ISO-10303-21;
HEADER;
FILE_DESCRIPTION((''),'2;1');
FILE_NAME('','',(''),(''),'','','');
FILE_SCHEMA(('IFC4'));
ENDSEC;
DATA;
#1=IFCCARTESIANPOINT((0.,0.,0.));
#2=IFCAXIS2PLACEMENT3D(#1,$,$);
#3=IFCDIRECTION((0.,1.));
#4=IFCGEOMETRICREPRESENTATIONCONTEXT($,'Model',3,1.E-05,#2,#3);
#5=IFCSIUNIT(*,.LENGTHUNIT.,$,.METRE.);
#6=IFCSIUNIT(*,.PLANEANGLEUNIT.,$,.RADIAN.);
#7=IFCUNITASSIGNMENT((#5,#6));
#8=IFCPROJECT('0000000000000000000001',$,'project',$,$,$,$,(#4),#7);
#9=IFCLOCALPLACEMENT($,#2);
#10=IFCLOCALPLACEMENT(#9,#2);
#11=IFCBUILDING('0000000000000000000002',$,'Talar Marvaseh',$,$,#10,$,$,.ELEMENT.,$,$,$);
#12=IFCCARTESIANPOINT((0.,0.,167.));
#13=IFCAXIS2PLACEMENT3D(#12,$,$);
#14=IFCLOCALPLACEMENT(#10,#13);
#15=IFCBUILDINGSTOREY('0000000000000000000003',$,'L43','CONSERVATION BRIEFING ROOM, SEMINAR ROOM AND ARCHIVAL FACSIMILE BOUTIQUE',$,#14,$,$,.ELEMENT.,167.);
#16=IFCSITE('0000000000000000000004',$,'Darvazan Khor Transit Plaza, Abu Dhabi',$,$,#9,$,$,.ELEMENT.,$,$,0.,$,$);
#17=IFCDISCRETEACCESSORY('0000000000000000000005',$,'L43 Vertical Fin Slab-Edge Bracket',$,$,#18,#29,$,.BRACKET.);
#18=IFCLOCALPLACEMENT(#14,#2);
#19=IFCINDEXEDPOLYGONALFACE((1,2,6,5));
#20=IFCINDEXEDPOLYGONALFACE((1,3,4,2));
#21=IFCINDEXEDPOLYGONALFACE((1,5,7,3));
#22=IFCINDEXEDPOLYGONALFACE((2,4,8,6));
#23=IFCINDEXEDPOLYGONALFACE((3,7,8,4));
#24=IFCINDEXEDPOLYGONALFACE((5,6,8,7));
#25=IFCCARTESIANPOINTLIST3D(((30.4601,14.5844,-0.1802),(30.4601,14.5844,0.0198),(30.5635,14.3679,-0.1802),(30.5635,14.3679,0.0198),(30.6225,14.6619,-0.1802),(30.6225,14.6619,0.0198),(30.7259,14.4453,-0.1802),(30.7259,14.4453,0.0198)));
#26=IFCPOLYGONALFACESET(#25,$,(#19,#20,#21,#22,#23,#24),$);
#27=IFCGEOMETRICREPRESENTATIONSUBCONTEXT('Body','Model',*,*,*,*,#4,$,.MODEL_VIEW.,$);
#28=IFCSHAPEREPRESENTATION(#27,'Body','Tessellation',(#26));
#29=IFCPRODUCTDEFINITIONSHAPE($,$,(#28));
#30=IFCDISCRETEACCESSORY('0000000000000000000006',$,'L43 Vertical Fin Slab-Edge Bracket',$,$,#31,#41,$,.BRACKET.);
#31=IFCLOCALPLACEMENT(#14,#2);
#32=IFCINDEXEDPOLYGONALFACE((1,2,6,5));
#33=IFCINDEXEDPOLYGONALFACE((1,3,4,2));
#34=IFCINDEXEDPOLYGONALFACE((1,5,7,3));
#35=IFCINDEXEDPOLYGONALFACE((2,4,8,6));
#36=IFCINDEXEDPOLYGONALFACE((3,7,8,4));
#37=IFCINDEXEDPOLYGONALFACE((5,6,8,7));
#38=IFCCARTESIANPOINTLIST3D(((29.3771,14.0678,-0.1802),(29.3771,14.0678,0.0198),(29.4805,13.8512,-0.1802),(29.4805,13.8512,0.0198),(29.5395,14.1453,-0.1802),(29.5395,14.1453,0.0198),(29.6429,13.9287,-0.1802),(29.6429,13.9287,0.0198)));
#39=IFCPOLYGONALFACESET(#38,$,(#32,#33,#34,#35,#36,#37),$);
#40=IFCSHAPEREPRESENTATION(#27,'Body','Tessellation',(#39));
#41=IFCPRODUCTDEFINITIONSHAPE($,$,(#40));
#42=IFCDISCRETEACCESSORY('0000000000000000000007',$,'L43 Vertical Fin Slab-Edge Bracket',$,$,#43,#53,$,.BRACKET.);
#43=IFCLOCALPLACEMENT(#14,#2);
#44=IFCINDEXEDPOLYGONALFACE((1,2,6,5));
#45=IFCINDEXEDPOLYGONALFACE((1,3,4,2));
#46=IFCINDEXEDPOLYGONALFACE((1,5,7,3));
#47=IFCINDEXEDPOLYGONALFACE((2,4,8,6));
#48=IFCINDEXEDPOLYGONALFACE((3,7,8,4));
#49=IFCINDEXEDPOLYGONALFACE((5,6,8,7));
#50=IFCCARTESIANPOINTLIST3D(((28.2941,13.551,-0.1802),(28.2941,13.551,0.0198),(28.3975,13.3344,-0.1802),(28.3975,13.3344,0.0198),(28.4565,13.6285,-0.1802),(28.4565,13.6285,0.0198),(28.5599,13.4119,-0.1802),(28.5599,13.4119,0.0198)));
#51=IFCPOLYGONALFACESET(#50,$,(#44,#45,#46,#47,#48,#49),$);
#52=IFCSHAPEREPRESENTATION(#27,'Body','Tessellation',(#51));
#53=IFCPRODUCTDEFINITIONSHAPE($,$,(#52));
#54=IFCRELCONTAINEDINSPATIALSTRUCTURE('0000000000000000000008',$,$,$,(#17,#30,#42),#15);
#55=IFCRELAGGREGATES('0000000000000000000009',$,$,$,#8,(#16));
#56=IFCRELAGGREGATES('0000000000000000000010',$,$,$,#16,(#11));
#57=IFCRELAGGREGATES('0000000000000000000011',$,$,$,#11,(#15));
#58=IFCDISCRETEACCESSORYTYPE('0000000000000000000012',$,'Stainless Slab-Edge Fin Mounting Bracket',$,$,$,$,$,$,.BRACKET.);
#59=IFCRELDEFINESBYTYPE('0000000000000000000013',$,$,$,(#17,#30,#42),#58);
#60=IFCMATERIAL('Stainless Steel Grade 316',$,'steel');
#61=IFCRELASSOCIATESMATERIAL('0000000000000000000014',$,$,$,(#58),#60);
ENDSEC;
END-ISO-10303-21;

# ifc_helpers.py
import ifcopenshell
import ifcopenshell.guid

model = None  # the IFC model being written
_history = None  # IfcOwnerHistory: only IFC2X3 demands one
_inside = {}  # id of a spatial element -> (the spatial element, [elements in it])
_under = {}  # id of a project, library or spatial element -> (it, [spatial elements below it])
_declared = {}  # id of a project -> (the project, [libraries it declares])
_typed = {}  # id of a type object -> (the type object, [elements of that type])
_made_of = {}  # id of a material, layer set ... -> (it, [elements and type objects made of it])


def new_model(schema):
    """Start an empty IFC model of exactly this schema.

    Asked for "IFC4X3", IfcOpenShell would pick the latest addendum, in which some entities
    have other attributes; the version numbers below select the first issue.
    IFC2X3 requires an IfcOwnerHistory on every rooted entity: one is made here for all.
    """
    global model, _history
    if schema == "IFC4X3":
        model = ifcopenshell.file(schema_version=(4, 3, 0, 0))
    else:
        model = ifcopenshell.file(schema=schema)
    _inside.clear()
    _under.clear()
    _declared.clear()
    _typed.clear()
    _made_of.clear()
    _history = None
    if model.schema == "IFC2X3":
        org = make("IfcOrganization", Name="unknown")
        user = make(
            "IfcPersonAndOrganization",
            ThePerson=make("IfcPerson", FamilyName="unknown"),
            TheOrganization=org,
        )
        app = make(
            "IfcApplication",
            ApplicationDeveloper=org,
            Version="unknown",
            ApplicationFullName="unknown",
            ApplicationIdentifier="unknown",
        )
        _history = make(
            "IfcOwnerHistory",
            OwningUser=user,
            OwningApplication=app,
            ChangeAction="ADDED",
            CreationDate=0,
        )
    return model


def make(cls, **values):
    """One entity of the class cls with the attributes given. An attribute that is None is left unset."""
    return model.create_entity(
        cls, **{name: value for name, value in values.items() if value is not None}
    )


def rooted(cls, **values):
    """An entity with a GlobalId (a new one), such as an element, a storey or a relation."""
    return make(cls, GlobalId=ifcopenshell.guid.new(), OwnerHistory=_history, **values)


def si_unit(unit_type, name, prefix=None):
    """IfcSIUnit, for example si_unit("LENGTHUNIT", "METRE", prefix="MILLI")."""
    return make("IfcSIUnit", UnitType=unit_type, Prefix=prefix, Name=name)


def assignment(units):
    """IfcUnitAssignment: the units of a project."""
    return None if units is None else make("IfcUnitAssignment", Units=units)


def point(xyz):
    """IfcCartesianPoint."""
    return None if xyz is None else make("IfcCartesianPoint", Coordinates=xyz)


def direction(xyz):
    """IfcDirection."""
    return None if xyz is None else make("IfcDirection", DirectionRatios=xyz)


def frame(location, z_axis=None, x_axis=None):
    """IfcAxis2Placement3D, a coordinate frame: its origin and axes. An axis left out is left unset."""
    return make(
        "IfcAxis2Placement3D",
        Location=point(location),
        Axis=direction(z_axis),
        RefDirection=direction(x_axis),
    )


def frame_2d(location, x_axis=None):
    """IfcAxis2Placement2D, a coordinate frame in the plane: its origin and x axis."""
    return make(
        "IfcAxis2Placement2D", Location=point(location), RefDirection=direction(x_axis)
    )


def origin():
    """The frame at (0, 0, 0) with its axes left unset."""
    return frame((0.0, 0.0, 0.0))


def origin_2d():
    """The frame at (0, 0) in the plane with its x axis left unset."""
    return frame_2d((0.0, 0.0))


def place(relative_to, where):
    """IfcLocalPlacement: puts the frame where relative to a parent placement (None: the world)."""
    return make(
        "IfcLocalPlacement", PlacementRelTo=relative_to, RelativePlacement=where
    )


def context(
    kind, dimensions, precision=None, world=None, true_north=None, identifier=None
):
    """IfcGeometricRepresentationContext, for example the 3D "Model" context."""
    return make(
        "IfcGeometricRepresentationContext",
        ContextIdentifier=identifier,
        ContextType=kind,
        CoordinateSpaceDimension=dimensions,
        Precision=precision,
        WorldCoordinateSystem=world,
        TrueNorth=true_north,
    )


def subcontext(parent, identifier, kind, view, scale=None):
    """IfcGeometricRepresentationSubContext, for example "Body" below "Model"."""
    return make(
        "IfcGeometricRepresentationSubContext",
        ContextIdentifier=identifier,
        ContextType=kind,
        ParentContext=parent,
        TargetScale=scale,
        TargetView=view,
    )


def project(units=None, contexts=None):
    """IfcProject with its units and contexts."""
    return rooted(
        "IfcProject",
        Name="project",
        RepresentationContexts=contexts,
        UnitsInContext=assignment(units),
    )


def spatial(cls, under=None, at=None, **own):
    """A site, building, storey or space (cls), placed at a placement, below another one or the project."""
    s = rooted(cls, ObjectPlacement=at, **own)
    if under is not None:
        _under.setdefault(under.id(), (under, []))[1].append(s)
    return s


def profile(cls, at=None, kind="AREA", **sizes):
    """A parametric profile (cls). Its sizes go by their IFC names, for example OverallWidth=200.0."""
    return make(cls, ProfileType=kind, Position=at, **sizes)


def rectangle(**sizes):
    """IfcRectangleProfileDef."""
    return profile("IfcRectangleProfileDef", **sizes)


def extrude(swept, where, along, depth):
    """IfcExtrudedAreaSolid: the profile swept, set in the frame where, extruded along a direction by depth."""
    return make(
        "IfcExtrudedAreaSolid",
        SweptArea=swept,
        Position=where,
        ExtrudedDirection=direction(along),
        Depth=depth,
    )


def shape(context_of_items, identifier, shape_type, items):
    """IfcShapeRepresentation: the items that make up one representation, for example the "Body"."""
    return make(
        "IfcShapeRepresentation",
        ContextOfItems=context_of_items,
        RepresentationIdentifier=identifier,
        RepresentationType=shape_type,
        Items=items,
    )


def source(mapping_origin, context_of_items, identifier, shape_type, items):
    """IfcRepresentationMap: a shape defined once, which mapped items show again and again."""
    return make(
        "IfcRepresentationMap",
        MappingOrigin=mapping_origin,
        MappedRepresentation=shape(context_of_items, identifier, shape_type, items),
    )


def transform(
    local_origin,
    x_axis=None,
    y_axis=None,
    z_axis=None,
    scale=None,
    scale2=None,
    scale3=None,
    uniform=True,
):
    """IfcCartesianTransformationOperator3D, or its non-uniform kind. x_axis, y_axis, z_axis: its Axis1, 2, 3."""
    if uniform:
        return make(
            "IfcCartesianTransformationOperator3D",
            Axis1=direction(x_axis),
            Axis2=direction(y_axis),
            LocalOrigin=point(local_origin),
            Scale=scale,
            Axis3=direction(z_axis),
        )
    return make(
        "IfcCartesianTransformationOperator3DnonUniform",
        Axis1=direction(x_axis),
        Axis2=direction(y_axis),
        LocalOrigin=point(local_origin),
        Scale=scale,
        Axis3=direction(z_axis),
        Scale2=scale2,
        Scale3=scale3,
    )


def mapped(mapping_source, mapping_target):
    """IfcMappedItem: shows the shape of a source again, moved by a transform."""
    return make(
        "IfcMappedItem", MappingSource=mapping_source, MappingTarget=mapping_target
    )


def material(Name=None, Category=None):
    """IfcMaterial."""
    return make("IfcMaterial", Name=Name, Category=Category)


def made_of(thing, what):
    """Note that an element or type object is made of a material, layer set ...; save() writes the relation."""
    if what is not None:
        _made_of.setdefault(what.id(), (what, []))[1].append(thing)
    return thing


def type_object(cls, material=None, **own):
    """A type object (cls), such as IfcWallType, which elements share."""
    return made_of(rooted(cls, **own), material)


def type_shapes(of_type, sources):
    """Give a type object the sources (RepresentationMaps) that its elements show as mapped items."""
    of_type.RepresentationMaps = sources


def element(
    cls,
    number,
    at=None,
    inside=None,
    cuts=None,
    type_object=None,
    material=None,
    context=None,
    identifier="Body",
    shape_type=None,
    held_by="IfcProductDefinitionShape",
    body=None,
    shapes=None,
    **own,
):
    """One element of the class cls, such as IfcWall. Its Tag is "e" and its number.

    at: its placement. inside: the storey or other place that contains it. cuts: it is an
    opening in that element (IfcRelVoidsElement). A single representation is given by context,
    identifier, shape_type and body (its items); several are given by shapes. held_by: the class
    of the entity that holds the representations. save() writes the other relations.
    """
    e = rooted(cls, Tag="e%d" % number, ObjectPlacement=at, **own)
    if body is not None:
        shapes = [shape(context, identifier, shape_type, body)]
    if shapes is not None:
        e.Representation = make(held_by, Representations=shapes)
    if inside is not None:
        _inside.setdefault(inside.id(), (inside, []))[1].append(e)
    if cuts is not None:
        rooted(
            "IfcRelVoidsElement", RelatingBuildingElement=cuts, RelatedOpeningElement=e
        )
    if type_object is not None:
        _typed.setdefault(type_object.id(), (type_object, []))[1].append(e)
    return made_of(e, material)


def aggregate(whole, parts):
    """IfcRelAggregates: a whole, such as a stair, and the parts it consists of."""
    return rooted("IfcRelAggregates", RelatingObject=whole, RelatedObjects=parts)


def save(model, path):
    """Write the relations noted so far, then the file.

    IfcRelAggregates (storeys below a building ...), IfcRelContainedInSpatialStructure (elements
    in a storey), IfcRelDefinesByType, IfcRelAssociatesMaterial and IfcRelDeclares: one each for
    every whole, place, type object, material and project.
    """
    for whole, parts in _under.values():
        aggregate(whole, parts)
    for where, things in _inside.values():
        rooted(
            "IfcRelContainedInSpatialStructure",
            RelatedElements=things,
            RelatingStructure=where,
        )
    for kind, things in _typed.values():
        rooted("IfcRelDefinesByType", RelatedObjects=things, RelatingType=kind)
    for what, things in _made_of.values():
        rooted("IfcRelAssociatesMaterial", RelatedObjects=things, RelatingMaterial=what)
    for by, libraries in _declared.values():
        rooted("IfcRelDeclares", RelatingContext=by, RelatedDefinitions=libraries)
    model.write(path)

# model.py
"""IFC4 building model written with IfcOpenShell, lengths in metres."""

from ifc_helpers import new_model, si_unit, direction, frame, origin, origin_2d, place, context, subcontext, project, spatial, rectangle, extrude, source, transform, mapped, material, type_object, type_shapes, element, save


model = new_model("IFC4")

# Units and contexts
model_context = context("Model", 3, precision=1e-05, world=origin(), true_north=direction((0.0, 1.0)))
body_context = subcontext(model_context, "Body", "Model", "MODEL_VIEW")
ifc_project = project(units=[si_unit("LENGTHUNIT", "METRE"), si_unit("PLANEANGLEUNIT", "RADIAN")], contexts=[model_context])

# Site, building, storey
site_placement = place(None, origin())
site = spatial("IfcSite", under=ifc_project, at=site_placement, Name="Darvazan Khor Transit Plaza, Abu Dhabi", CompositionType="ELEMENT", RefElevation=0.0)
building_placement = place(site_placement, origin())
building = spatial("IfcBuilding", under=site, at=building_placement, Name="Talar Marvaseh", CompositionType="ELEMENT")
storey_placement = place(building_placement, frame((0.0, 0.0, 167.0)))
storey = spatial("IfcBuildingStorey", under=building, at=storey_placement, Name="L43", Description="CONSERVATION BRIEFING ROOM, SEMINAR ROOM AND ARCHIVAL FACSIMILE BOUTIQUE", CompositionType="ELEMENT", Elevation=167.0)

# Discrete accessories
ifc_material_1 = material(Name="Stainless Steel Grade 316", Category="steel")
discrete_accessory_type = type_object("IfcDiscreteAccessoryType", Name="Stainless Slab-Edge Fin Mounting Bracket", PredefinedType="BRACKET", material=ifc_material_1)
shared_shape_1 = source(origin(), body_context, "Body", "SweptSolid", [
    extrude(rectangle(XDim=0.24, YDim=0.1799, at=origin_2d()), origin(), (0.0, 0.0, 1.0), 0.2),
])
type_shapes(discrete_accessory_type, [shared_shape_1])
for number, where, z_axis, x_axis, name in (
    (1, (30.593, 14.5149, -0.1802), (0.0, 0.0, 1.0), (0.430669, -0.90251, 0.0), "L43 Vertical Fin Slab-Edge Bracket"),
    (2, (29.51, 13.9983, -0.1802), (0.0, 0.0, 1.0), (0.430669, -0.90251, 0.0), "L43 Vertical Fin Slab-Edge Bracket"),
    (3, (28.427, 13.4814, -0.1802), (0.0, 0.0, 1.0), (0.430669, -0.90251, 0.0), "L43 Vertical Fin Slab-Edge Bracket"),
):
    element("IfcDiscreteAccessory", number, at=place(storey_placement, frame(where, z_axis=z_axis, x_axis=x_axis)), inside=storey, type_object=discrete_accessory_type, Name=name, PredefinedType="BRACKET", context=body_context, shape_type="MappedRepresentation", body=[
        mapped(shared_shape_1, transform((0.0, 0.0, 0.0), x_axis=(1.0, 0.0, 0.0), y_axis=(0.0, 1.0, 0.0), z_axis=(0.0, 0.0, 1.0), scale=1.0)),
    ])

save(model, "model.ifc")
